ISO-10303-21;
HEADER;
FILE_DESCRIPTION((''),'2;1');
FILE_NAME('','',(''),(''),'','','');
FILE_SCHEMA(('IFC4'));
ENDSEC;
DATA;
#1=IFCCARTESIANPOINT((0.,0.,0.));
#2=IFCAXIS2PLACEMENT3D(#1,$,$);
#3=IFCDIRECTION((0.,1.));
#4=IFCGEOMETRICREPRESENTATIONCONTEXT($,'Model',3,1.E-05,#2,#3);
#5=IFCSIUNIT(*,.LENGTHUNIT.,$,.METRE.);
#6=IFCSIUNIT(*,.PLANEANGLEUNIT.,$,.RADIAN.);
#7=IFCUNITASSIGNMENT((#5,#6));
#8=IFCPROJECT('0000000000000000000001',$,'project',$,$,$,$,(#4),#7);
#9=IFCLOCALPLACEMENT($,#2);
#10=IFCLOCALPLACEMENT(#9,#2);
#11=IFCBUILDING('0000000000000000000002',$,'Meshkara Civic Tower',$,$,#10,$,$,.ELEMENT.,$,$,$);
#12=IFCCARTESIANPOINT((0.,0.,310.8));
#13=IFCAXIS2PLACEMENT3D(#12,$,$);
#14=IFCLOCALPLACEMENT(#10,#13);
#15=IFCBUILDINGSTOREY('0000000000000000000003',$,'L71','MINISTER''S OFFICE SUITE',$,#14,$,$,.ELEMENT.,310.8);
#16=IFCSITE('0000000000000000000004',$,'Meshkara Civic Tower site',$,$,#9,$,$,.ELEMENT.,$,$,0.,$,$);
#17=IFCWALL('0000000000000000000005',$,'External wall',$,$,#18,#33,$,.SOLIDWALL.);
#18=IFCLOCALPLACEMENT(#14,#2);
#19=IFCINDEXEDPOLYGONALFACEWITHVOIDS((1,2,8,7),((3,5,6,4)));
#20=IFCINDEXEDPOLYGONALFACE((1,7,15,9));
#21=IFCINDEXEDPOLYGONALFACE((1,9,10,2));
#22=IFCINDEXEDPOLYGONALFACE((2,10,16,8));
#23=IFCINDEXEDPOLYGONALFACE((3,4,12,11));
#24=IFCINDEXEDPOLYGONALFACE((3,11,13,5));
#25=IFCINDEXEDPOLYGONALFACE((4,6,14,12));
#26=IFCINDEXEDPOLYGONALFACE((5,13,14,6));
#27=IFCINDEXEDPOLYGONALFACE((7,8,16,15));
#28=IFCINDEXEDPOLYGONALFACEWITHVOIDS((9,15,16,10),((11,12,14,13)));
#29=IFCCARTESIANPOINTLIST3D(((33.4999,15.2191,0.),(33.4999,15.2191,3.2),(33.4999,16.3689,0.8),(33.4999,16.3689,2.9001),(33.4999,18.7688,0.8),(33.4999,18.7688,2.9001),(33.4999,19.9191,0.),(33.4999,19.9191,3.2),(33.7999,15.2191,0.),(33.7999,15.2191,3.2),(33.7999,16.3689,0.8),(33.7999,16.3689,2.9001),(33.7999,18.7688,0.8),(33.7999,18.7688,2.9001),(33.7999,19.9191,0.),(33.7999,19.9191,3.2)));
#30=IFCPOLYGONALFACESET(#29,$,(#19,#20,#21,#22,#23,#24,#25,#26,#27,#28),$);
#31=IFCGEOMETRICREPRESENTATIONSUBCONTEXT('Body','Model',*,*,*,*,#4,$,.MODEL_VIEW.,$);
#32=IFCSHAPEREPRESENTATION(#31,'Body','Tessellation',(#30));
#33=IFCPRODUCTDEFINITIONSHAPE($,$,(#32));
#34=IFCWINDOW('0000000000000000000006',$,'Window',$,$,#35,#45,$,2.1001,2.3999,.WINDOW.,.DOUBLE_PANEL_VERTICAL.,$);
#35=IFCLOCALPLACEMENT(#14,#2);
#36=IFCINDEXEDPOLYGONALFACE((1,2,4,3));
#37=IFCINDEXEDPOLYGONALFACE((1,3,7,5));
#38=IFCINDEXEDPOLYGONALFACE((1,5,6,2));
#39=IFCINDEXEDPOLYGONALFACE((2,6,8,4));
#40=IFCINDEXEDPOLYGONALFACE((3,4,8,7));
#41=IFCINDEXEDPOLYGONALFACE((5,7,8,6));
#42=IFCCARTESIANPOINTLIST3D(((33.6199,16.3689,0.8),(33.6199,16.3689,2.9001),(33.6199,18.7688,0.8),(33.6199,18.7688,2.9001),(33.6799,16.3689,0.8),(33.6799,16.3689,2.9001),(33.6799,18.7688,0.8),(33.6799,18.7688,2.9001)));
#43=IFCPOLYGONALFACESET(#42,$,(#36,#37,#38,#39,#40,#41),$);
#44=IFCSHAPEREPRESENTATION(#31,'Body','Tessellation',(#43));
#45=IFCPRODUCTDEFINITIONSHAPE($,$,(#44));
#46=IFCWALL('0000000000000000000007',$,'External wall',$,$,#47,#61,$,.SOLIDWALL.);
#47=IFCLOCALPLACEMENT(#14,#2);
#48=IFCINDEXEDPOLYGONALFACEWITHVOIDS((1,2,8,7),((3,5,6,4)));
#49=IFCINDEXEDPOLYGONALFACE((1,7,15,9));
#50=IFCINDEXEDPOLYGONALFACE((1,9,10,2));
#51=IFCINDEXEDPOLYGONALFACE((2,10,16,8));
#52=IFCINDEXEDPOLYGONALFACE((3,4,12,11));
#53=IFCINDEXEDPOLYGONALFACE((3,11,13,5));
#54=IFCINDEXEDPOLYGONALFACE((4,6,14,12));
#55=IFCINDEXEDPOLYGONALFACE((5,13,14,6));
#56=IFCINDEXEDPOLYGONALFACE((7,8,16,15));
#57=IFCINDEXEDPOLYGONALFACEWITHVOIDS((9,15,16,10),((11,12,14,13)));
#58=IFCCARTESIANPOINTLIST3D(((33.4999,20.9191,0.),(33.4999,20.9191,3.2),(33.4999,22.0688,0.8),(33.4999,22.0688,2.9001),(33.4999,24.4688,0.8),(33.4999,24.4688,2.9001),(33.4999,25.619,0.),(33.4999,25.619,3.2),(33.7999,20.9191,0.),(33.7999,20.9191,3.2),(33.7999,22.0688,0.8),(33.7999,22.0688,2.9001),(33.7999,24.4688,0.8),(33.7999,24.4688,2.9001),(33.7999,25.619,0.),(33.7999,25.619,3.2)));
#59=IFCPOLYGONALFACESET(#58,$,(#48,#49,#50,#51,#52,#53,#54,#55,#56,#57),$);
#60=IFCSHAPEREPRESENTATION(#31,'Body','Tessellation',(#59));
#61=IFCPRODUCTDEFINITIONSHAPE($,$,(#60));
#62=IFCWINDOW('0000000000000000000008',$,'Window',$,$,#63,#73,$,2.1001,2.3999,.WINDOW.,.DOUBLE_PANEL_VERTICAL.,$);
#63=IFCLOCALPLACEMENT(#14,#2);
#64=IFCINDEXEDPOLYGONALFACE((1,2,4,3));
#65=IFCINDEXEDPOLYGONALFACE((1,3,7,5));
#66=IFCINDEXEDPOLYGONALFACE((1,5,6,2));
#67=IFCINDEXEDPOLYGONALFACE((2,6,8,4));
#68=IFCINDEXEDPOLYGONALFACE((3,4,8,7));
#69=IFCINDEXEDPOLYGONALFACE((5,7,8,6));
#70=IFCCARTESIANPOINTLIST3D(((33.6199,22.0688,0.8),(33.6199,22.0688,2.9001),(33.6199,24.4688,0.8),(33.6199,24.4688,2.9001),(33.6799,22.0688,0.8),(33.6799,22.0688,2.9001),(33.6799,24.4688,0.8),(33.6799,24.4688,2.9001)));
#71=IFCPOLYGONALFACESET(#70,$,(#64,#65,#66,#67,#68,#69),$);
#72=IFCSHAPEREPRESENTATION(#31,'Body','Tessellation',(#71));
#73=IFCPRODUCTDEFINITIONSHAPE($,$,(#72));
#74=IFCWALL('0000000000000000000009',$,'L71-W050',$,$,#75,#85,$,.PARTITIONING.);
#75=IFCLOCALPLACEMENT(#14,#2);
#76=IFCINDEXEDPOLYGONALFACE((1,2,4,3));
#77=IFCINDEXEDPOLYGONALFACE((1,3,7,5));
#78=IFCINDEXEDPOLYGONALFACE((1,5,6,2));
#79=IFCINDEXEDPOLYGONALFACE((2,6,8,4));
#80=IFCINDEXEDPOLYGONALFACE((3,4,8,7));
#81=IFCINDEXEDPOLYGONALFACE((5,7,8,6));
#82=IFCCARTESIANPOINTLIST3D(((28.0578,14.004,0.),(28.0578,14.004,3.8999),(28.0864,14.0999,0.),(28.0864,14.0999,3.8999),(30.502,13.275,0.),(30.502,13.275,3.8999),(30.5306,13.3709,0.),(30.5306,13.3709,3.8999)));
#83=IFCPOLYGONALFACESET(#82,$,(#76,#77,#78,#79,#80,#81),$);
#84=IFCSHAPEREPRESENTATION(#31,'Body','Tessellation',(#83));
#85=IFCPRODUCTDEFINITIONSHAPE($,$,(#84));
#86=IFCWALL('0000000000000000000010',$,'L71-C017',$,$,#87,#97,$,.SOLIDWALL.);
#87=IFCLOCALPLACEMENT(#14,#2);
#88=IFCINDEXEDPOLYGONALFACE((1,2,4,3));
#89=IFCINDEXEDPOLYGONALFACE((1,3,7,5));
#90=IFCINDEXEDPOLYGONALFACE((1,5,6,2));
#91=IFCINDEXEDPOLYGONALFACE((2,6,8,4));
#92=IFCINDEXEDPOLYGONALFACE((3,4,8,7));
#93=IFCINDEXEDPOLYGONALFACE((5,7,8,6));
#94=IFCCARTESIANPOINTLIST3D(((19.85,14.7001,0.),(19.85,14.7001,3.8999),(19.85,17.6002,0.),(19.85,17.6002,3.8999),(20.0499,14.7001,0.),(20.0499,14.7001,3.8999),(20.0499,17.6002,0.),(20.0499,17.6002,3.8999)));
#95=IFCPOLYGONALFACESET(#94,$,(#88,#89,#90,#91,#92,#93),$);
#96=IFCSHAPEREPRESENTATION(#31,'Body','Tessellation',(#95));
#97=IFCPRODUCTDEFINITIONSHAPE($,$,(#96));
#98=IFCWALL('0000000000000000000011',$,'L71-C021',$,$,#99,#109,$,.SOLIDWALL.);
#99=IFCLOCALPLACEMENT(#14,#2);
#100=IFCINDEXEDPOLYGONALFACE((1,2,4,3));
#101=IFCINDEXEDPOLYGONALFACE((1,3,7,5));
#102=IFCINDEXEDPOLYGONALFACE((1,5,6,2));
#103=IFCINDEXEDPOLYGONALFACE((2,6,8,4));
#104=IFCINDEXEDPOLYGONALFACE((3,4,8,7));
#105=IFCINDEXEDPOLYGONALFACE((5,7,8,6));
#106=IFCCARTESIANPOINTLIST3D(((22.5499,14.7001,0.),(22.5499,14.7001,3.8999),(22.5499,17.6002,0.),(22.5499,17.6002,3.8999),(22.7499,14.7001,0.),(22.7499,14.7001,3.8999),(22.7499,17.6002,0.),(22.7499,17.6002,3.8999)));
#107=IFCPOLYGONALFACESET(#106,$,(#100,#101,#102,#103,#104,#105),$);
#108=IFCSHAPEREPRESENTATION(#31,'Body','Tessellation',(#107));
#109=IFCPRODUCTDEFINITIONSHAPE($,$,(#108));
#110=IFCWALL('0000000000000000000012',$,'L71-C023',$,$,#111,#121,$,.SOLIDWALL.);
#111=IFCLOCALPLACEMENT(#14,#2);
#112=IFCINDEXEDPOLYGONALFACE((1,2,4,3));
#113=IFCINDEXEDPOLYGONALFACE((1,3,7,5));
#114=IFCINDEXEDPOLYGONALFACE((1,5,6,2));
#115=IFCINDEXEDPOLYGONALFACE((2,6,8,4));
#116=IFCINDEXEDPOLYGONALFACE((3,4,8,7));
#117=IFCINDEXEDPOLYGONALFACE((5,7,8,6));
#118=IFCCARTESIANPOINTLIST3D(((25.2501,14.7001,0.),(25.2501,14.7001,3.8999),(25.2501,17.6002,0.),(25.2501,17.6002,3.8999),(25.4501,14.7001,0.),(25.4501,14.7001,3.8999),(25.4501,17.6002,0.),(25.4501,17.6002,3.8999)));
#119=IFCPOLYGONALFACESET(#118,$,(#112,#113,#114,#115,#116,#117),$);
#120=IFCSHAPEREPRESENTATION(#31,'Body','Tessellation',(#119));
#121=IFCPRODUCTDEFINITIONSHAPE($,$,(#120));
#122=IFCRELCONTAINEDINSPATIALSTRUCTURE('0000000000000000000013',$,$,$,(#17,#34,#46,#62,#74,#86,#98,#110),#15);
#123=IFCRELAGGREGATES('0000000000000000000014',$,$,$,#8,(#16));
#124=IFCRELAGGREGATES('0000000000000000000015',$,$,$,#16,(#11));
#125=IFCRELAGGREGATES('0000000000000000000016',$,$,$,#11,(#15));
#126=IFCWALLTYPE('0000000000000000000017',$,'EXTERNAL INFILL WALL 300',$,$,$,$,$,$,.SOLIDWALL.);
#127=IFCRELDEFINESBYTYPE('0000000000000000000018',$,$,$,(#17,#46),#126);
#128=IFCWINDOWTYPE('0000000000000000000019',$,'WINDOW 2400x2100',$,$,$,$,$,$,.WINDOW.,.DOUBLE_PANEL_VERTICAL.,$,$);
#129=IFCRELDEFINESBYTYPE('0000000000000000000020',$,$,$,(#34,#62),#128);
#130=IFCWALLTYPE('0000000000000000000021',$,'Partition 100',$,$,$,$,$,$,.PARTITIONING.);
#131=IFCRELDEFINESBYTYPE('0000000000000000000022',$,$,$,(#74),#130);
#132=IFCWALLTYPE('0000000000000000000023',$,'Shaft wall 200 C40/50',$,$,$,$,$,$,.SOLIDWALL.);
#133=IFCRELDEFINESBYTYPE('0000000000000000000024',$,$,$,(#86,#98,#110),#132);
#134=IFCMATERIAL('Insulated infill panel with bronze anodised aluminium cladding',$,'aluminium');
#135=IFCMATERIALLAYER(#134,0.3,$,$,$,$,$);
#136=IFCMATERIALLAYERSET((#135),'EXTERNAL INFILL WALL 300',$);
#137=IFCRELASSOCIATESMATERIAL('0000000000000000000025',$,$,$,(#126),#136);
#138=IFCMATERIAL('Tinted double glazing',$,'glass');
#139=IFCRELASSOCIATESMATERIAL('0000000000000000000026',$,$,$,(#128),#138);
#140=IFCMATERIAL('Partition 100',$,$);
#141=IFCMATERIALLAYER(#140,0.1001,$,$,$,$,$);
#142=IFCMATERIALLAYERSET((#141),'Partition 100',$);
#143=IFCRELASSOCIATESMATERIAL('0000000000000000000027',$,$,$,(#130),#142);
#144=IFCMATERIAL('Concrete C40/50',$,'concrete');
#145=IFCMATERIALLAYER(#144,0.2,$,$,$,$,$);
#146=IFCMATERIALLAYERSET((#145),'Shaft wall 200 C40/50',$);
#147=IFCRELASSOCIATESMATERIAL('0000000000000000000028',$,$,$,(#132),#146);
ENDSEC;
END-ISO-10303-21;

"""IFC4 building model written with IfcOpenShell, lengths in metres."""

from ifc_helpers import new_model, si_unit, direction, frame, frame_2d, origin, place, context, subcontext, project, spatial, rectangle, extrude, material, layer, layer_set, type_object, element, fill, save


model = new_model("IFC4")

# Units and contexts
model_context = context("Model", 3, precision=1e-05, world=origin(), true_north=direction((0.0, 1.0)))
body_context = subcontext(model_context, "Body", "Model", "MODEL_VIEW")
ifc_project = project(units=[si_unit("LENGTHUNIT", "METRE"), si_unit("PLANEANGLEUNIT", "RADIAN")], contexts=[model_context])

# Site, building, storey
site_placement = place(None, origin())
site = spatial("IfcSite", under=ifc_project, at=site_placement, Name="Meshkara Civic Tower site", CompositionType="ELEMENT", RefElevation=0.0)
building_placement = place(site_placement, origin())
building = spatial("IfcBuilding", under=site, at=building_placement, Name="Meshkara Civic Tower", CompositionType="ELEMENT")
storey_placement = place(building_placement, frame((0.0, 0.0, 310.8)))
storey = spatial("IfcBuildingStorey", under=building, at=storey_placement, Name="L71", Description="MINISTER'S OFFICE SUITE", CompositionType="ELEMENT", Elevation=310.8)

# Walls, openings, windows
ifc_material_1 = material(Name="Insulated infill panel with bronze anodised aluminium cladding", Category="aluminium")
ifc_layer_1 = layer(ifc_material_1, 0.3)
ifc_layer_set_1 = layer_set([ifc_layer_1], Name="EXTERNAL INFILL WALL 300")
wall_type_1 = type_object("IfcWallType", Name="EXTERNAL INFILL WALL 300", PredefinedType="SOLIDWALL", material=ifc_layer_set_1)
ifc_material_2 = material(Name="Tinted double glazing", Category="glass")
window_type = type_object("IfcWindowType", Name="WINDOW 2400x2100", PartitioningType="DOUBLE_PANEL_VERTICAL", PredefinedType="WINDOW", material=ifc_material_2)
wall_1_placement = place(storey_placement, frame((33.6499, 15.219, 0.0), z_axis=(0.0, 0.0, 1.0), x_axis=(0.0, 1.0, 0.0)))
wall_1 = element("IfcWall", 1, at=wall_1_placement, inside=storey, type_object=wall_type_1, Name="External wall", PredefinedType="SOLIDWALL", context=body_context, shape_type="SweptSolid", body=[
    extrude(rectangle(XDim=4.7, YDim=0.3, at=frame_2d((2.3501, 0.0))), origin(), (0.0, 0.0, 1.0), 3.2),
])
opening_1_placement = place(wall_1_placement, frame((1.1499, 0.0, 0.8)))
opening_1 = element("IfcOpeningElement", 2, at=opening_1_placement, cuts=wall_1, PredefinedType="OPENING", context=body_context, shape_type="SweptSolid", body=[
    extrude(rectangle(XDim=2.3999, YDim=2.1001, at=frame_2d((1.2, 1.05))), frame((0.0, 0.1599, 0.0), z_axis=(0.0, -1.0, 0.0), x_axis=(1.0, 0.0, 0.0)), (0.0, 0.0, 1.0), 0.3201),
])
window_1_placement = place(opening_1_placement, origin())
window_1 = element("IfcWindow", 3, at=window_1_placement, inside=storey, type_object=window_type, Name="Window", OverallHeight=2.1001, OverallWidth=2.3999, PartitioningType="DOUBLE_PANEL_VERTICAL", PredefinedType="WINDOW", context=body_context, shape_type="SweptSolid", body=[
    extrude(rectangle(XDim=2.3999, YDim=2.1001, at=frame_2d((1.2, 1.05))), frame((0.0, 0.03, 0.0), z_axis=(0.0, -1.0, 0.0), x_axis=(1.0, 0.0, 0.0)), (0.0, 0.0, 1.0), 0.0601),
])
fill(opening_1, window_1)
wall_2_placement = place(storey_placement, frame((33.6499, 20.9189, 0.0), z_axis=(0.0, 0.0, 1.0), x_axis=(0.0, 1.0, 0.0)))
wall_2 = element("IfcWall", 4, at=wall_2_placement, inside=storey, type_object=wall_type_1, Name="External wall", PredefinedType="SOLIDWALL", context=body_context, shape_type="SweptSolid", body=[
    extrude(rectangle(XDim=4.7, YDim=0.3, at=frame_2d((2.3501, 0.0))), origin(), (0.0, 0.0, 1.0), 3.2),
])
opening_2_placement = place(wall_2_placement, frame((1.1499, 0.0, 0.8)))
opening_2 = element("IfcOpeningElement", 5, at=opening_2_placement, cuts=wall_2, PredefinedType="OPENING", context=body_context, shape_type="SweptSolid", body=[
    extrude(rectangle(XDim=2.3999, YDim=2.1001, at=frame_2d((1.2, 1.05))), frame((0.0, 0.1599, 0.0), z_axis=(0.0, -1.0, 0.0), x_axis=(1.0, 0.0, 0.0)), (0.0, 0.0, 1.0), 0.3201),
])
window_2_placement = place(opening_2_placement, origin())
window_2 = element("IfcWindow", 6, at=window_2_placement, inside=storey, type_object=window_type, Name="Window", OverallHeight=2.1001, OverallWidth=2.3999, PartitioningType="DOUBLE_PANEL_VERTICAL", PredefinedType="WINDOW", context=body_context, shape_type="SweptSolid", body=[
    extrude(rectangle(XDim=2.3999, YDim=2.1001, at=frame_2d((1.2, 1.05))), frame((0.0, 0.03, 0.0), z_axis=(0.0, -1.0, 0.0), x_axis=(1.0, 0.0, 0.0)), (0.0, 0.0, 1.0), 0.0601),
])
fill(opening_2, window_2)

# Walls
ifc_material_3 = material(Name="Partition 100")
ifc_layer_2 = layer(ifc_material_3, 0.1001)
ifc_layer_set_2 = layer_set([ifc_layer_2], Name="Partition 100")
wall_type_2 = type_object("IfcWallType", Name="Partition 100", PredefinedType="PARTITIONING", material=ifc_layer_set_2)
wall_3_placement = place(storey_placement, frame((28.072, 14.052, 0.0), z_axis=(0.0, 0.0, 1.0), x_axis=(0.958281, -0.285828, 0.0)))
element("IfcWall", 7, at=wall_3_placement, inside=storey, type_object=wall_type_2, Name="L71-W050", PredefinedType="PARTITIONING", context=body_context, shape_type="SweptSolid", body=[
    extrude(rectangle(XDim=2.5505, YDim=0.1001, at=frame_2d((1.2754, 0.0))), origin(), (0.0, 0.0, 1.0), 3.8999),
])
ifc_material_4 = material(Name="Concrete C40/50", Category="concrete")
ifc_layer_3 = layer(ifc_material_4, 0.2)
ifc_layer_set_3 = layer_set([ifc_layer_3], Name="Shaft wall 200 C40/50")
wall_type_3 = type_object("IfcWallType", Name="Shaft wall 200 C40/50", PredefinedType="SOLIDWALL", material=ifc_layer_set_3)
for number, where, z_axis, x_axis, name in (
    (8, (19.95, 14.7, 0.0), (0.0, 0.0, 1.0), (0.0, 1.0, 0.0), "L71-C017"),
    (9, (22.6499, 14.7, 0.0), (0.0, 0.0, 1.0), (0.0, 1.0, 0.0), "L71-C021"),
    (10, (25.3501, 14.7, 0.0), (0.0, 0.0, 1.0), (0.0, 1.0, 0.0), "L71-C023"),
):
    element("IfcWall", number, at=place(storey_placement, frame(where, z_axis=z_axis, x_axis=x_axis)), inside=storey, type_object=wall_type_3, Name=name, PredefinedType="SOLIDWALL", context=body_context, shape_type="SweptSolid", body=[
        extrude(rectangle(XDim=2.9001, YDim=0.2, at=frame_2d((1.4502, 0.0))), origin(), (0.0, 0.0, 1.0), 3.8999),
    ])

save(model, "model.ifc")
